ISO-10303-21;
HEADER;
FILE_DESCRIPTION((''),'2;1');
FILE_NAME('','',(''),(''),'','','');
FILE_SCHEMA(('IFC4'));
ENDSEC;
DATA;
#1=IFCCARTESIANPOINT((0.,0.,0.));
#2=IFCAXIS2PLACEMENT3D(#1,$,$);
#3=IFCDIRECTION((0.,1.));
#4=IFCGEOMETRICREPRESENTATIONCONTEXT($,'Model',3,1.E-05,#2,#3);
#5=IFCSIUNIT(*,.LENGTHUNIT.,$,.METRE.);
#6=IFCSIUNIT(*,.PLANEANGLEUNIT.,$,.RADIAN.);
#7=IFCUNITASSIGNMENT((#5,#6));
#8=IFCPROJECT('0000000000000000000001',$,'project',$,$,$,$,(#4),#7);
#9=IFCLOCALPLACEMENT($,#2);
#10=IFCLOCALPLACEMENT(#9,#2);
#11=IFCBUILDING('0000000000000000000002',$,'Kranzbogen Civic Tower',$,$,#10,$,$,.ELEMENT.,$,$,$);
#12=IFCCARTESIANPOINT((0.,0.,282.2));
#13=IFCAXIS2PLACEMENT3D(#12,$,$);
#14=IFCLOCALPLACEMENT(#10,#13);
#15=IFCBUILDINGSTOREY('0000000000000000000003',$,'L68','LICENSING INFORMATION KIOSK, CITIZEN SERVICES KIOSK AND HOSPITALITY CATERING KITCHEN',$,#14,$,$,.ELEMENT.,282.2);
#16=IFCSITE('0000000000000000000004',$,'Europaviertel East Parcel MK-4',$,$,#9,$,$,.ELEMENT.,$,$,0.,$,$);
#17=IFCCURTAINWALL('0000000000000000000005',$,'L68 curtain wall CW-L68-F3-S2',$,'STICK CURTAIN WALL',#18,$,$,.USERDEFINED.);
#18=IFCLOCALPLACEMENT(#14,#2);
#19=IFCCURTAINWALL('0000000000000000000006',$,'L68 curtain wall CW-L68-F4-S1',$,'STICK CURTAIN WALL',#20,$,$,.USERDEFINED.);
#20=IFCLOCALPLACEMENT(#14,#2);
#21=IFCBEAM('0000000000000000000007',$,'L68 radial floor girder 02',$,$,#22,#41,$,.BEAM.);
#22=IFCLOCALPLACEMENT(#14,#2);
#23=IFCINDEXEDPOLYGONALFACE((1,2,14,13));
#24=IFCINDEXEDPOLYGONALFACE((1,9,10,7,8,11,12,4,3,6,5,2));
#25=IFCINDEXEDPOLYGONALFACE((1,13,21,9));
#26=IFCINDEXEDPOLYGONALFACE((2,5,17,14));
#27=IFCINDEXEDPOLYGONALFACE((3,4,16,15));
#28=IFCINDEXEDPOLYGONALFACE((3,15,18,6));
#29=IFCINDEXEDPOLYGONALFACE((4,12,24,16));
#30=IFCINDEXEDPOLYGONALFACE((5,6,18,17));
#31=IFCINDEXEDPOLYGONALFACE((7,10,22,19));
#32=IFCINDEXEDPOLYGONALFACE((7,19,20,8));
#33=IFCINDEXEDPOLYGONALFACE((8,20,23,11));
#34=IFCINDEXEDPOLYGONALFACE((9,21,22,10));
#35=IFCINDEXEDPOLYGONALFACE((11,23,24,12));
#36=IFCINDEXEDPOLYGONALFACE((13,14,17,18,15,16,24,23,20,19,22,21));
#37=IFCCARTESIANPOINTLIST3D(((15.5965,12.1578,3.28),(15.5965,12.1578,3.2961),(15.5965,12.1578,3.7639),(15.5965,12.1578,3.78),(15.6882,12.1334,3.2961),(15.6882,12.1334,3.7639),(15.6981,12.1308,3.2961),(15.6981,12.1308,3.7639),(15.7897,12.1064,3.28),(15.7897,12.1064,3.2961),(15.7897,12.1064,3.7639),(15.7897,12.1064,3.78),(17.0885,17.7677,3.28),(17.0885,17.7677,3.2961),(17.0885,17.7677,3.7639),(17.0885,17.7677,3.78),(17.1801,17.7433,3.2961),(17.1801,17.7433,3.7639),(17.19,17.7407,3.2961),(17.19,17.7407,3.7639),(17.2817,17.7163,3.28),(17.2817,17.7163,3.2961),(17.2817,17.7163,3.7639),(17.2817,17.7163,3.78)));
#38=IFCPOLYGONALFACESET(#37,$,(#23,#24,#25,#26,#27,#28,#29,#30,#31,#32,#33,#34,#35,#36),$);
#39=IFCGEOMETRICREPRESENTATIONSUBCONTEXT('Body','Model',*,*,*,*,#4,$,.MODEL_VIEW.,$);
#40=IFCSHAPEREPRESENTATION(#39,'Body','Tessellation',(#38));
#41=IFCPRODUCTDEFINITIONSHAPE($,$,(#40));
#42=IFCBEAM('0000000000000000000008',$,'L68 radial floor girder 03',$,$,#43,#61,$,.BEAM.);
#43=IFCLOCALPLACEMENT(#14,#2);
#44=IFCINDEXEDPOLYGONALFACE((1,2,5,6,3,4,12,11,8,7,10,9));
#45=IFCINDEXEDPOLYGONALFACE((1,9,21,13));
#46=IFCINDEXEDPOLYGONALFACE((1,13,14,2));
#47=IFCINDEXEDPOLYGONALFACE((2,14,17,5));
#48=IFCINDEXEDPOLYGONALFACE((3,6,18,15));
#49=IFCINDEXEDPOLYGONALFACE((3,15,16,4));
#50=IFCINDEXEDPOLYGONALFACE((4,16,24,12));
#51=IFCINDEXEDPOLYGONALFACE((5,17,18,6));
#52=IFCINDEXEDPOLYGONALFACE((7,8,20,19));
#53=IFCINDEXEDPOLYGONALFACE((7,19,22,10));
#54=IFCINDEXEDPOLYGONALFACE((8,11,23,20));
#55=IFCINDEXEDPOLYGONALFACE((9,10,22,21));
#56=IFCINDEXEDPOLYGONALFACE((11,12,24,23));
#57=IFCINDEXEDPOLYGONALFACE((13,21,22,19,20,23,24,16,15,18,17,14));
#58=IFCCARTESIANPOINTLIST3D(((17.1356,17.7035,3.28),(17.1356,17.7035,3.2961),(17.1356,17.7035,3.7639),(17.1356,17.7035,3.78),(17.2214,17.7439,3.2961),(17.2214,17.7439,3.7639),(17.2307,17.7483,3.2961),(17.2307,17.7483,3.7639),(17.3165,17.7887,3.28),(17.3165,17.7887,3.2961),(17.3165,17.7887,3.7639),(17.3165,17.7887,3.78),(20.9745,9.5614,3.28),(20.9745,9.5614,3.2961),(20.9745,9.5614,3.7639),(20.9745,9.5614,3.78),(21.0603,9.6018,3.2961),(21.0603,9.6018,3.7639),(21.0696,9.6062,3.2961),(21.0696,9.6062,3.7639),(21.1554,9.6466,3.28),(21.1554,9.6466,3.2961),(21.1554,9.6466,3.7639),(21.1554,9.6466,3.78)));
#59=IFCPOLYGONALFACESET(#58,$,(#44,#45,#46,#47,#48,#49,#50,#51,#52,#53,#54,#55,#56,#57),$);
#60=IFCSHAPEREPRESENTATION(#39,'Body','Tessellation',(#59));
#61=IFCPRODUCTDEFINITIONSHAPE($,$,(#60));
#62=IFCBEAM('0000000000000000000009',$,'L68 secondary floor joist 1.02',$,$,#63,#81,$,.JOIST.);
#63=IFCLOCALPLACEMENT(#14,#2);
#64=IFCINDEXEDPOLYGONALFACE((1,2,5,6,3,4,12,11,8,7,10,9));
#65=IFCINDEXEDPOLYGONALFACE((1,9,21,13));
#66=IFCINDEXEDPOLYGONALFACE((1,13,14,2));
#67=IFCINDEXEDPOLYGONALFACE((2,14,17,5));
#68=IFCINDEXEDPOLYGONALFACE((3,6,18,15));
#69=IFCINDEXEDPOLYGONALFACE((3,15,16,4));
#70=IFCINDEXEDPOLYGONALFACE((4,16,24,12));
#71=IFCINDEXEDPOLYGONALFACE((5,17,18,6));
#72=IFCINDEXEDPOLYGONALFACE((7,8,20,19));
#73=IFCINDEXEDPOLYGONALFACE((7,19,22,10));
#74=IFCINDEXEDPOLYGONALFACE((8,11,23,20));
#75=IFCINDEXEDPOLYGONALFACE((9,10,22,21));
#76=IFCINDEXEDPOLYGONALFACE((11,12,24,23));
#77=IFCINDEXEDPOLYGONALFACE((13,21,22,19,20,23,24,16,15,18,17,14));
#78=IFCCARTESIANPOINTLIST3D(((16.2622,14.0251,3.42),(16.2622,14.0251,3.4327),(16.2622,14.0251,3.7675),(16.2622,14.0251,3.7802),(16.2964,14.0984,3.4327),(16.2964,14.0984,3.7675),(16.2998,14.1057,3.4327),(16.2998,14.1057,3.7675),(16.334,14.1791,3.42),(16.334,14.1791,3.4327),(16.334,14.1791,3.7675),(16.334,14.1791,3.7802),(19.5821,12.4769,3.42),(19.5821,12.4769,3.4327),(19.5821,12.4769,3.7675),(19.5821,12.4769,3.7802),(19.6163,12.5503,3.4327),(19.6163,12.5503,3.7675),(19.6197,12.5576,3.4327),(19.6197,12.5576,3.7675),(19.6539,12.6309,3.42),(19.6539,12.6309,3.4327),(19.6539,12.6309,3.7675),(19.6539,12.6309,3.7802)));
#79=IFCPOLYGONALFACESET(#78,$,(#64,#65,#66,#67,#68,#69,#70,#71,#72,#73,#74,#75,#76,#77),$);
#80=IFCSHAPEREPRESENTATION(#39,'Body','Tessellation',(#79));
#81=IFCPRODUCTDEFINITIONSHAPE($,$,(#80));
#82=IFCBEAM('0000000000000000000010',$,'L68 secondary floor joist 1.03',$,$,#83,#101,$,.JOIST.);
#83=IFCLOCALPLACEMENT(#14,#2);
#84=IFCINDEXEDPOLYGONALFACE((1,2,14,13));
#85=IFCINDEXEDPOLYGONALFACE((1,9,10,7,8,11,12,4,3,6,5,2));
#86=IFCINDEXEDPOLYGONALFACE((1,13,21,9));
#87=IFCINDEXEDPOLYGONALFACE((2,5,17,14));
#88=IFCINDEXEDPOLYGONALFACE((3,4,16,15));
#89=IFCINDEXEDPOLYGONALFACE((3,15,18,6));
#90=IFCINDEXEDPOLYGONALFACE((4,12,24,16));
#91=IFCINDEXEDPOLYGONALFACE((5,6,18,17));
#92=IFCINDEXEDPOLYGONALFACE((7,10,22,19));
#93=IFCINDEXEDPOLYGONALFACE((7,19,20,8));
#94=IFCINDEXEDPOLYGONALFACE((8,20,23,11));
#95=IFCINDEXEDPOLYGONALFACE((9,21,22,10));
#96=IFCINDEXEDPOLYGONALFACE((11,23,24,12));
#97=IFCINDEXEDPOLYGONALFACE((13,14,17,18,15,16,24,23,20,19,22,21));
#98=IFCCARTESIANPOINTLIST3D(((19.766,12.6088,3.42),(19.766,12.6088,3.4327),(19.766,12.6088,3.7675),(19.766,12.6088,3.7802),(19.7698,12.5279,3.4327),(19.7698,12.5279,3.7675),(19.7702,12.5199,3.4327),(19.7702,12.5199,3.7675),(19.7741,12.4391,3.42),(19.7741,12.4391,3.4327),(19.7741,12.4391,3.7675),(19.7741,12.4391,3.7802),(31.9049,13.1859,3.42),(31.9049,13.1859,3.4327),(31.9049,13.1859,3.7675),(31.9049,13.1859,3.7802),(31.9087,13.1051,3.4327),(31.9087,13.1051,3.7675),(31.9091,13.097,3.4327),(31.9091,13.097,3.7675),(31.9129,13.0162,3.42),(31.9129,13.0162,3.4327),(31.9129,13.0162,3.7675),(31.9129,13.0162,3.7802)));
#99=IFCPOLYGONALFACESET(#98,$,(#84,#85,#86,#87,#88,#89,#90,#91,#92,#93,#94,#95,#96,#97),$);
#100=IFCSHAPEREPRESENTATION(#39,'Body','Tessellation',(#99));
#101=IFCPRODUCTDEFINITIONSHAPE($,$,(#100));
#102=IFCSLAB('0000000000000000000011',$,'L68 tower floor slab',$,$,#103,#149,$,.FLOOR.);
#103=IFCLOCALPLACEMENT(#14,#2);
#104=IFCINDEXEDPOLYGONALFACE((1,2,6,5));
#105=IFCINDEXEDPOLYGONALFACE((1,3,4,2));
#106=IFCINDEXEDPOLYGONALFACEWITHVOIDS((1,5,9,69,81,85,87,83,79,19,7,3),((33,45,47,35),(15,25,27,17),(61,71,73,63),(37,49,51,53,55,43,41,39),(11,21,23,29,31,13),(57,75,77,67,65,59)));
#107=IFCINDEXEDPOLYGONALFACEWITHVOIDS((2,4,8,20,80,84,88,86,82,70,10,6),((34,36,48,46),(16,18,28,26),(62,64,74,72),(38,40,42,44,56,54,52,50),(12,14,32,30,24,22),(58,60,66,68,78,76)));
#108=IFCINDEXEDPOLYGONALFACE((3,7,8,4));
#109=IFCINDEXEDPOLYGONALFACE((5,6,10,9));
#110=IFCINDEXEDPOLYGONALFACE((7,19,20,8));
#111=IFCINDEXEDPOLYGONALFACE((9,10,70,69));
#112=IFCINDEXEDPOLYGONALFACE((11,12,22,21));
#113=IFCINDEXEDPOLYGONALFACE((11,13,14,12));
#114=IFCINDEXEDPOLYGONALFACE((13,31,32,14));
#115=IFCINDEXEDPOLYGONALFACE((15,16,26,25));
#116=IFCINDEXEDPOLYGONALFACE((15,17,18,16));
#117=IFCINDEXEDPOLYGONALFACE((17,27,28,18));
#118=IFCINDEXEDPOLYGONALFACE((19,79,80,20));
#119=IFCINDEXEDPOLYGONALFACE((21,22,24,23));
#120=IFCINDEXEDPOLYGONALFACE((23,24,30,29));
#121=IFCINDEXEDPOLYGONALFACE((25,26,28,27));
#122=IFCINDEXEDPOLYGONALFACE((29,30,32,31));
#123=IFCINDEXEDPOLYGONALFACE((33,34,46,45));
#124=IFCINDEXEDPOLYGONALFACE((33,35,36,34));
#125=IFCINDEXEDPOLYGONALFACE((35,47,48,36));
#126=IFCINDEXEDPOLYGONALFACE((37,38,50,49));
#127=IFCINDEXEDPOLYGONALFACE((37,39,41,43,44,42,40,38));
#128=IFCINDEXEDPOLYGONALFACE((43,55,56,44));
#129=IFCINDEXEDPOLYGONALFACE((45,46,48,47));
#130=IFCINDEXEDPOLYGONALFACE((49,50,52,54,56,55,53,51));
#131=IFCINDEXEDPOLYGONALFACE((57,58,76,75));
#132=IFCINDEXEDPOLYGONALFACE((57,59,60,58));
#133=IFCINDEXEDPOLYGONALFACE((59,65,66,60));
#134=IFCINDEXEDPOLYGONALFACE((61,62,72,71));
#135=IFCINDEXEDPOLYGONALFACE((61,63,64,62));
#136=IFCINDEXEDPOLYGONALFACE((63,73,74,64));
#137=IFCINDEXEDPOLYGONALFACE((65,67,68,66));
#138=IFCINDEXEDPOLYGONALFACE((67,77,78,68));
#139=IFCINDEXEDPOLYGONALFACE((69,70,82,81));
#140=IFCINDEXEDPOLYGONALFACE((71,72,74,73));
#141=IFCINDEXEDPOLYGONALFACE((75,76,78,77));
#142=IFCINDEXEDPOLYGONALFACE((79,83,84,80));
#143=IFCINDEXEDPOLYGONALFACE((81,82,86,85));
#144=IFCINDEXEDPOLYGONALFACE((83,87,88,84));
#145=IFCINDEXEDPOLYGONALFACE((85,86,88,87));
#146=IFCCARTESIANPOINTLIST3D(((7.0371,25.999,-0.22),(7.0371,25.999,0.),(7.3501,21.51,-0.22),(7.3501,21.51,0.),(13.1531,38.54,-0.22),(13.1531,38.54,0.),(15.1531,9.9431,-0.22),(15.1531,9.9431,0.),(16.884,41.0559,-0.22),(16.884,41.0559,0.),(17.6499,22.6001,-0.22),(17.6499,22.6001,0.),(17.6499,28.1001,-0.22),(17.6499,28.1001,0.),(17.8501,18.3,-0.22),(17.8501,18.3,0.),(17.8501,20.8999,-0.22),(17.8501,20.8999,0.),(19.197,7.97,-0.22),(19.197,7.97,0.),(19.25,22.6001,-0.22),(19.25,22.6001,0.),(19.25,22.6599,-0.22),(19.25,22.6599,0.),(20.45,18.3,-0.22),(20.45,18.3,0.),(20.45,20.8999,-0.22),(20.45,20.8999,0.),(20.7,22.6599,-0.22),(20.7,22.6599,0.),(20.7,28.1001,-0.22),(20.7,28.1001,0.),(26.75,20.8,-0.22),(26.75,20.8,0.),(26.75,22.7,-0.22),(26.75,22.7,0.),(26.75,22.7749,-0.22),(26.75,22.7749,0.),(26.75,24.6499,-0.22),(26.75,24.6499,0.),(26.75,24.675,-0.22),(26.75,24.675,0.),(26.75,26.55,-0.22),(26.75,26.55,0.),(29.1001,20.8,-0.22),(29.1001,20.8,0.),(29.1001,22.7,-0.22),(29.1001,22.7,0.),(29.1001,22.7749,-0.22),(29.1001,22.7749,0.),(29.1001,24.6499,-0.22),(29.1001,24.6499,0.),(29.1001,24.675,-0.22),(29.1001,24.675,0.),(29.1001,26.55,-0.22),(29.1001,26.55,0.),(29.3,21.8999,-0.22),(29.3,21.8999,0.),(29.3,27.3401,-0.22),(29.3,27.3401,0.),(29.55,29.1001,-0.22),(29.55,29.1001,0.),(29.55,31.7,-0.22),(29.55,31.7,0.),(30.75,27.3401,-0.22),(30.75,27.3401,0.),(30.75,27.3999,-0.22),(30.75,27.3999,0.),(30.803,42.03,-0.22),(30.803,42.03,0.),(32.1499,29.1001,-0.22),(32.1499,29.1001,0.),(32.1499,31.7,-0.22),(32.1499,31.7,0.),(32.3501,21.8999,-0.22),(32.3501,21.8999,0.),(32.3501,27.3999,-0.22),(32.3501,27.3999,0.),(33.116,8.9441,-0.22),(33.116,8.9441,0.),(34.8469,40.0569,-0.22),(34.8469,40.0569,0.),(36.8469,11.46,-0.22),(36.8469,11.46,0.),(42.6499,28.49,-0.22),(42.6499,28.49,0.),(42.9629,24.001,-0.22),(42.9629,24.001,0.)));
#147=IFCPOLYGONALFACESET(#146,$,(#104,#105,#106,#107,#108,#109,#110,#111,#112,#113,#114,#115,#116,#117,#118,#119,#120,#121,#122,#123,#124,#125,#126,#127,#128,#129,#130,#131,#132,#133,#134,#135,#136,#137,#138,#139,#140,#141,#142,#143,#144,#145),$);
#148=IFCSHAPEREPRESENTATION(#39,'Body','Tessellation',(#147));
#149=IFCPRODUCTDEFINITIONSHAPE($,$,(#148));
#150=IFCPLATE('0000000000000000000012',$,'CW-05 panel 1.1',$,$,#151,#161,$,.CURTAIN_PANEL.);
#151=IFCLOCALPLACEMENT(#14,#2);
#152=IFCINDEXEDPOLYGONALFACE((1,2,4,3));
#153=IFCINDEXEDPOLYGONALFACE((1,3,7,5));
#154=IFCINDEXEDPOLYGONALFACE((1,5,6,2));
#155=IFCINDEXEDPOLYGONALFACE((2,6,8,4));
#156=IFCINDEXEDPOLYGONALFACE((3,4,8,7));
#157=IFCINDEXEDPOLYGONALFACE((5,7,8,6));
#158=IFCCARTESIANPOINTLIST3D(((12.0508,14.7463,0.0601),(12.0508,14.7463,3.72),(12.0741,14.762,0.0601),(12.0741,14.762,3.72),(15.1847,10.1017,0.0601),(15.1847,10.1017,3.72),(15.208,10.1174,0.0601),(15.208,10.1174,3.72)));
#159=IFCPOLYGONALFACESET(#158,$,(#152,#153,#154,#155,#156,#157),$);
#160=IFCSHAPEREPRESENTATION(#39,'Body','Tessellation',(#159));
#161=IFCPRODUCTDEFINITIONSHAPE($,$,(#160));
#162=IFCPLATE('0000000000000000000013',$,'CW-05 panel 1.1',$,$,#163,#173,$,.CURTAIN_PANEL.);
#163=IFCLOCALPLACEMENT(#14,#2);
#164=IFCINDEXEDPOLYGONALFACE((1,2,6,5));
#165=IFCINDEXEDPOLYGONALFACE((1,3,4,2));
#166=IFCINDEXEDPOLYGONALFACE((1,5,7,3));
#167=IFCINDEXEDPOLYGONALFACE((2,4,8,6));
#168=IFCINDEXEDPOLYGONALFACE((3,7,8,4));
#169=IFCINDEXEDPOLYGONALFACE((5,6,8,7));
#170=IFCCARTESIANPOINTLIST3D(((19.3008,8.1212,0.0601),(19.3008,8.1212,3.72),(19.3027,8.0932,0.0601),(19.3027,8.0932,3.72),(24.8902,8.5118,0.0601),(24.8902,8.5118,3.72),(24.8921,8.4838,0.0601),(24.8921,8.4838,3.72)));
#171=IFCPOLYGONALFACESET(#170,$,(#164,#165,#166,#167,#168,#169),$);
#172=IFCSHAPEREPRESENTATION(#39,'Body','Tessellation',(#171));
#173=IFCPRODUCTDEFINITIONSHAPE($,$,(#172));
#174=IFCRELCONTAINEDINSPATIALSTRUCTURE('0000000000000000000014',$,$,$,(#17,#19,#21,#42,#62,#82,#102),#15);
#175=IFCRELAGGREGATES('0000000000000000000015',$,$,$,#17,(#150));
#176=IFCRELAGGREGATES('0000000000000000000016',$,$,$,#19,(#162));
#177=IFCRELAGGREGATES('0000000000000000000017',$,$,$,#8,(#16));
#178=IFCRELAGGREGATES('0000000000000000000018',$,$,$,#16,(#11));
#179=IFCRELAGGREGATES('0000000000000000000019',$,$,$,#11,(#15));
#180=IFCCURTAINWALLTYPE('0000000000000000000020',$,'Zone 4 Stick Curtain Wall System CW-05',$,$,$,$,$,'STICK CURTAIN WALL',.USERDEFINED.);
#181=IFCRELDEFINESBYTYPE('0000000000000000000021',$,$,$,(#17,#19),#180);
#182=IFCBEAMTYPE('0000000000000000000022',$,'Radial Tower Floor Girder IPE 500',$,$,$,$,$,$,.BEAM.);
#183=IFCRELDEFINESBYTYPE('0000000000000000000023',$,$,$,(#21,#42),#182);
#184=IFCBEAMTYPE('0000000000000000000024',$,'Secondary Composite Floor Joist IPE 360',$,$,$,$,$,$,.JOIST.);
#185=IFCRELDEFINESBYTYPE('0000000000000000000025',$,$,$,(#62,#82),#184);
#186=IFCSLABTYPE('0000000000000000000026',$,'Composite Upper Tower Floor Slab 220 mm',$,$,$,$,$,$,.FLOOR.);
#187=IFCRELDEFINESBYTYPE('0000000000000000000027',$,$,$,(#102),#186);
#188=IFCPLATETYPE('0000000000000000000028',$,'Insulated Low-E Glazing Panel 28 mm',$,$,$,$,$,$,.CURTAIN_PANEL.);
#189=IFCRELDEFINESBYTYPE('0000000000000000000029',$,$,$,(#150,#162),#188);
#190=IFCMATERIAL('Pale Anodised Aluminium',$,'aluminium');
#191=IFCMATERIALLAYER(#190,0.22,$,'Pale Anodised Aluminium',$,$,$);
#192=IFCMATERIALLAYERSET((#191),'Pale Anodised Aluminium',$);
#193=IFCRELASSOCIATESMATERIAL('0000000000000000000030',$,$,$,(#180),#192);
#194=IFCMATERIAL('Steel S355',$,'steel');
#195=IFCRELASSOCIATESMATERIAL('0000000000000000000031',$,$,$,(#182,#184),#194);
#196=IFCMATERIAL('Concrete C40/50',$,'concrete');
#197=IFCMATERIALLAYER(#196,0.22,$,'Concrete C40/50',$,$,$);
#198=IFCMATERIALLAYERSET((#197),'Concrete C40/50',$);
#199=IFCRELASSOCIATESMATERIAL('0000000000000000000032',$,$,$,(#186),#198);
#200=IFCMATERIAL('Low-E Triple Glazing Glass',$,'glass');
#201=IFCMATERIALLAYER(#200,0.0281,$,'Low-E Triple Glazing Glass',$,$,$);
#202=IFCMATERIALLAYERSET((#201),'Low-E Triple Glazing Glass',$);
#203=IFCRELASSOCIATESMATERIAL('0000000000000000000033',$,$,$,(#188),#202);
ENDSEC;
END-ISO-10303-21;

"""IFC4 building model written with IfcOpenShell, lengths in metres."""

from ifc_helpers import new_model, si_unit, direction, frame, origin, origin_2d, place, context, subcontext, project, spatial, polyline, rectangle, i_section, outline, extrude, material, layer, layer_set, material_profile, profile_set, type_object, element, aggregate, save


model = new_model("IFC4")

# Units and contexts
model_context = context("Model", 3, precision=1e-05, world=origin(), true_north=direction((0.0, 1.0)))
body_context = subcontext(model_context, "Body", "Model", "MODEL_VIEW")
ifc_project = project(units=[si_unit("LENGTHUNIT", "METRE"), si_unit("PLANEANGLEUNIT", "RADIAN")], contexts=[model_context])

# Site, building, storey
site_placement = place(None, origin())
site = spatial("IfcSite", under=ifc_project, at=site_placement, Name="Europaviertel East Parcel MK-4", CompositionType="ELEMENT", RefElevation=0.0)
building_placement = place(site_placement, origin())
building = spatial("IfcBuilding", under=site, at=building_placement, Name="Kranzbogen Civic Tower", CompositionType="ELEMENT")
storey_placement = place(building_placement, frame((0.0, 0.0, 282.2)))
storey = spatial("IfcBuildingStorey", under=building, at=storey_placement, Name="L68", Description="LICENSING INFORMATION KIOSK, CITIZEN SERVICES KIOSK AND HOSPITALITY CATERING KITCHEN", CompositionType="ELEMENT", Elevation=282.2)

# Shared definitions
ifc_material_1 = material(Name="Steel S355", Category="steel")

# Curtain wall
ifc_material_2 = material(Name="Pale Anodised Aluminium", Category="aluminium")
ifc_layer_1 = layer(ifc_material_2, 0.22, Name="Pale Anodised Aluminium")
ifc_layer_set_1 = layer_set([ifc_layer_1], Name="Pale Anodised Aluminium")
curtain_wall_type = type_object("IfcCurtainWallType", Name="Zone 4 Stick Curtain Wall System CW-05", ElementType="STICK CURTAIN WALL", PredefinedType="USERDEFINED", material=ifc_layer_set_1)
curtain_wall_1_placement = place(storey_placement, origin())
curtain_wall_1 = element("IfcCurtainWall", 1, at=curtain_wall_1_placement, inside=storey, type_object=curtain_wall_type, Name="L68 curtain wall CW-L68-F3-S2", ObjectType="STICK CURTAIN WALL", PredefinedType="USERDEFINED")

# Curtain wall
curtain_wall_2_placement = place(storey_placement, origin())
curtain_wall_2 = element("IfcCurtainWall", 2, at=curtain_wall_2_placement, inside=storey, type_object=curtain_wall_type, Name="L68 curtain wall CW-L68-F4-S1", ObjectType="STICK CURTAIN WALL", PredefinedType="USERDEFINED")

# Beams
ifc_material_profile_1 = material_profile(ifc_material_1, i_section(OverallWidth=0.2, OverallDepth=0.5, WebThickness=0.0103, FlangeThickness=0.0161, at=origin_2d()), Name="IPE 500")
ifc_profile_set_1 = profile_set([ifc_material_profile_1], Name="Steel S355")
beam_type_1 = type_object("IfcBeamType", Name="Radial Tower Floor Girder IPE 500", PredefinedType="BEAM", material=ifc_profile_set_1)
beam_1_placement = place(storey_placement, frame((15.6931, 12.1321, 3.53), z_axis=(0.257016, 0.966407, 0.0), x_axis=(-0.966407, 0.257016, 0.0)))
element("IfcBeam", 3, at=beam_1_placement, inside=storey, type_object=beam_type_1, Name="L68 radial floor girder 02", PredefinedType="BEAM", context=body_context, shape_type="SweptSolid", body=[
    extrude(i_section(OverallWidth=0.2, OverallDepth=0.5, WebThickness=0.0103, FlangeThickness=0.0161, at=origin_2d()), origin(), (0.0, 0.0, 1.0), 5.8049),
])
beam_2_placement = place(storey_placement, frame((21.0649, 9.604, 3.53), z_axis=(-0.42646, 0.904506, 0.0), x_axis=(-0.904506, -0.42646, 0.0)))
element("IfcBeam", 4, at=beam_2_placement, inside=storey, type_object=beam_type_1, Name="L68 radial floor girder 03", PredefinedType="BEAM", context=body_context, shape_type="SweptSolid", body=[
    extrude(i_section(OverallWidth=0.2, OverallDepth=0.5, WebThickness=0.0103, FlangeThickness=0.0161, at=origin_2d()), origin(), (0.0, 0.0, 1.0), 9.0017),
])
ifc_material_profile_2 = material_profile(ifc_material_1, i_section(OverallWidth=0.1699, OverallDepth=0.3601, WebThickness=0.0081, FlangeThickness=0.0127, at=origin_2d()), Name="IPE 360")
ifc_profile_set_2 = profile_set([ifc_material_profile_2], Name="Steel S355")
beam_type_2 = type_object("IfcBeamType", Name="Secondary Composite Floor Joist IPE 360", PredefinedType="JOIST", material=ifc_profile_set_2)
beam_3_placement = place(storey_placement, frame((16.2981, 14.1021, 3.6001), z_axis=(0.906304, -0.422626, 0.0), x_axis=(0.422626, 0.906304, 0.0)))
element("IfcBeam", 5, at=beam_3_placement, inside=storey, type_object=beam_type_2, Name="L68 secondary floor joist 1.02", PredefinedType="JOIST", context=body_context, shape_type="SweptSolid", body=[
    extrude(i_section(OverallWidth=0.1699, OverallDepth=0.3601, WebThickness=0.0081, FlangeThickness=0.0127, at=origin_2d()), origin(), (0.0, 0.0, 1.0), 3.6631),
])
beam_4_placement = place(storey_placement, frame((19.77, 12.5239, 3.6001), z_axis=(0.998872, 0.047492, 0.0), x_axis=(-0.047492, 0.998872, 0.0)))
element("IfcBeam", 6, at=beam_4_placement, inside=storey, type_object=beam_type_2, Name="L68 secondary floor joist 1.03", PredefinedType="JOIST", context=body_context, shape_type="SweptSolid", body=[
    extrude(i_section(OverallWidth=0.1699, OverallDepth=0.3601, WebThickness=0.0081, FlangeThickness=0.0127, at=origin_2d()), origin(), (0.0, 0.0, 1.0), 12.1526),
])

# Slab
ifc_material_3 = material(Name="Concrete C40/50", Category="concrete")
ifc_layer_2 = layer(ifc_material_3, 0.22, Name="Concrete C40/50")
ifc_layer_set_2 = layer_set([ifc_layer_2], Name="Concrete C40/50")
slab_type_1 = type_object("IfcSlabType", Name="Composite Upper Tower Floor Slab 220 mm", PredefinedType="FLOOR", material=ifc_layer_set_2)
slab_1_placement = place(storey_placement, frame((0.0, 0.0, -0.22)))
element("IfcSlab", 7, at=slab_1_placement, inside=storey, type_object=slab_type_1, Name="L68 tower floor slab", PredefinedType="FLOOR", context=body_context, shape_type="SweptSolid", body=[
    extrude(outline(polyline([(30.803, 42.03), (16.884, 41.0559), (13.1531, 38.54), (7.0371, 25.999), (7.3501, 21.51), (15.1531, 9.9431), (19.197, 7.97), (33.116, 8.9441), (36.8469, 11.46), (42.9629, 24.001), (42.6499, 28.49), (34.8469, 40.0569), (30.803, 42.03)]), holes=[polyline([(17.8501, 20.8999), (20.45, 20.8999), (20.45, 18.3), (17.8501, 18.3), (17.8501, 20.8999)]), polyline([(29.1001, 22.7), (29.1001, 20.8), (26.75, 20.8), (26.75, 22.7), (29.1001, 22.7)]), polyline([(29.1001, 24.6499), (29.1001, 22.7749), (26.75, 22.7749), (26.75, 24.6499), (26.75, 24.675), (26.75, 26.55), (29.1001, 26.55), (29.1001, 24.675), (29.1001, 24.6499)]), polyline([(29.3, 27.3401), (30.75, 27.3401), (30.75, 27.3999), (32.3501, 27.3999), (32.3501, 21.8999), (29.3, 21.8999), (29.3, 27.3401)]), polyline([(20.7, 22.6599), (19.25, 22.6599), (19.25, 22.6001), (17.6499, 22.6001), (17.6499, 28.1001), (20.7, 28.1001), (20.7, 22.6599)]), polyline([(32.1499, 31.7), (32.1499, 29.1001), (29.55, 29.1001), (29.55, 31.7), (32.1499, 31.7)])]), origin(), (0.0, 0.0, 1.0), 0.22),
])

# Plates
ifc_material_4 = material(Name="Low-E Triple Glazing Glass", Category="glass")
ifc_layer_3 = layer(ifc_material_4, 0.0281, Name="Low-E Triple Glazing Glass")
ifc_layer_set_3 = layer_set([ifc_layer_3], Name="Low-E Triple Glazing Glass")
plate_type = type_object("IfcPlateType", Name="Insulated Low-E Glazing Panel 28 mm", PredefinedType="CURTAIN_PANEL", material=ifc_layer_set_3)
plate_1_placement = place(storey_placement, frame((13.6294, 12.4319, 0.0601), z_axis=(0.0, 0.0, 1.0), x_axis=(0.559329, -0.828946, 0.0)))
plate_1 = element("IfcPlate", 8, at=plate_1_placement, type_object=plate_type, Name="CW-05 panel 1.1", PredefinedType="CURTAIN_PANEL", context=body_context, shape_type="SweptSolid", body=[
    extrude(rectangle(XDim=5.603, YDim=0.0281, at=origin_2d()), origin(), (0.0, 0.0, 1.0), 3.6599),
])
aggregate(curtain_wall_1, [plate_1])
plate_2_placement = place(storey_placement, frame((22.0964, 8.3025, 0.0601), z_axis=(0.0, 0.0, 1.0), x_axis=(0.997567, 0.06972, 0.0)))
plate_2 = element("IfcPlate", 9, at=plate_2_placement, type_object=plate_type, Name="CW-05 panel 1.1", PredefinedType="CURTAIN_PANEL", context=body_context, shape_type="SweptSolid", body=[
    extrude(rectangle(XDim=5.603, YDim=0.0281, at=origin_2d()), origin(), (0.0, 0.0, 1.0), 3.6599),
])
aggregate(curtain_wall_2, [plate_2])

save(model, "model.ifc")
